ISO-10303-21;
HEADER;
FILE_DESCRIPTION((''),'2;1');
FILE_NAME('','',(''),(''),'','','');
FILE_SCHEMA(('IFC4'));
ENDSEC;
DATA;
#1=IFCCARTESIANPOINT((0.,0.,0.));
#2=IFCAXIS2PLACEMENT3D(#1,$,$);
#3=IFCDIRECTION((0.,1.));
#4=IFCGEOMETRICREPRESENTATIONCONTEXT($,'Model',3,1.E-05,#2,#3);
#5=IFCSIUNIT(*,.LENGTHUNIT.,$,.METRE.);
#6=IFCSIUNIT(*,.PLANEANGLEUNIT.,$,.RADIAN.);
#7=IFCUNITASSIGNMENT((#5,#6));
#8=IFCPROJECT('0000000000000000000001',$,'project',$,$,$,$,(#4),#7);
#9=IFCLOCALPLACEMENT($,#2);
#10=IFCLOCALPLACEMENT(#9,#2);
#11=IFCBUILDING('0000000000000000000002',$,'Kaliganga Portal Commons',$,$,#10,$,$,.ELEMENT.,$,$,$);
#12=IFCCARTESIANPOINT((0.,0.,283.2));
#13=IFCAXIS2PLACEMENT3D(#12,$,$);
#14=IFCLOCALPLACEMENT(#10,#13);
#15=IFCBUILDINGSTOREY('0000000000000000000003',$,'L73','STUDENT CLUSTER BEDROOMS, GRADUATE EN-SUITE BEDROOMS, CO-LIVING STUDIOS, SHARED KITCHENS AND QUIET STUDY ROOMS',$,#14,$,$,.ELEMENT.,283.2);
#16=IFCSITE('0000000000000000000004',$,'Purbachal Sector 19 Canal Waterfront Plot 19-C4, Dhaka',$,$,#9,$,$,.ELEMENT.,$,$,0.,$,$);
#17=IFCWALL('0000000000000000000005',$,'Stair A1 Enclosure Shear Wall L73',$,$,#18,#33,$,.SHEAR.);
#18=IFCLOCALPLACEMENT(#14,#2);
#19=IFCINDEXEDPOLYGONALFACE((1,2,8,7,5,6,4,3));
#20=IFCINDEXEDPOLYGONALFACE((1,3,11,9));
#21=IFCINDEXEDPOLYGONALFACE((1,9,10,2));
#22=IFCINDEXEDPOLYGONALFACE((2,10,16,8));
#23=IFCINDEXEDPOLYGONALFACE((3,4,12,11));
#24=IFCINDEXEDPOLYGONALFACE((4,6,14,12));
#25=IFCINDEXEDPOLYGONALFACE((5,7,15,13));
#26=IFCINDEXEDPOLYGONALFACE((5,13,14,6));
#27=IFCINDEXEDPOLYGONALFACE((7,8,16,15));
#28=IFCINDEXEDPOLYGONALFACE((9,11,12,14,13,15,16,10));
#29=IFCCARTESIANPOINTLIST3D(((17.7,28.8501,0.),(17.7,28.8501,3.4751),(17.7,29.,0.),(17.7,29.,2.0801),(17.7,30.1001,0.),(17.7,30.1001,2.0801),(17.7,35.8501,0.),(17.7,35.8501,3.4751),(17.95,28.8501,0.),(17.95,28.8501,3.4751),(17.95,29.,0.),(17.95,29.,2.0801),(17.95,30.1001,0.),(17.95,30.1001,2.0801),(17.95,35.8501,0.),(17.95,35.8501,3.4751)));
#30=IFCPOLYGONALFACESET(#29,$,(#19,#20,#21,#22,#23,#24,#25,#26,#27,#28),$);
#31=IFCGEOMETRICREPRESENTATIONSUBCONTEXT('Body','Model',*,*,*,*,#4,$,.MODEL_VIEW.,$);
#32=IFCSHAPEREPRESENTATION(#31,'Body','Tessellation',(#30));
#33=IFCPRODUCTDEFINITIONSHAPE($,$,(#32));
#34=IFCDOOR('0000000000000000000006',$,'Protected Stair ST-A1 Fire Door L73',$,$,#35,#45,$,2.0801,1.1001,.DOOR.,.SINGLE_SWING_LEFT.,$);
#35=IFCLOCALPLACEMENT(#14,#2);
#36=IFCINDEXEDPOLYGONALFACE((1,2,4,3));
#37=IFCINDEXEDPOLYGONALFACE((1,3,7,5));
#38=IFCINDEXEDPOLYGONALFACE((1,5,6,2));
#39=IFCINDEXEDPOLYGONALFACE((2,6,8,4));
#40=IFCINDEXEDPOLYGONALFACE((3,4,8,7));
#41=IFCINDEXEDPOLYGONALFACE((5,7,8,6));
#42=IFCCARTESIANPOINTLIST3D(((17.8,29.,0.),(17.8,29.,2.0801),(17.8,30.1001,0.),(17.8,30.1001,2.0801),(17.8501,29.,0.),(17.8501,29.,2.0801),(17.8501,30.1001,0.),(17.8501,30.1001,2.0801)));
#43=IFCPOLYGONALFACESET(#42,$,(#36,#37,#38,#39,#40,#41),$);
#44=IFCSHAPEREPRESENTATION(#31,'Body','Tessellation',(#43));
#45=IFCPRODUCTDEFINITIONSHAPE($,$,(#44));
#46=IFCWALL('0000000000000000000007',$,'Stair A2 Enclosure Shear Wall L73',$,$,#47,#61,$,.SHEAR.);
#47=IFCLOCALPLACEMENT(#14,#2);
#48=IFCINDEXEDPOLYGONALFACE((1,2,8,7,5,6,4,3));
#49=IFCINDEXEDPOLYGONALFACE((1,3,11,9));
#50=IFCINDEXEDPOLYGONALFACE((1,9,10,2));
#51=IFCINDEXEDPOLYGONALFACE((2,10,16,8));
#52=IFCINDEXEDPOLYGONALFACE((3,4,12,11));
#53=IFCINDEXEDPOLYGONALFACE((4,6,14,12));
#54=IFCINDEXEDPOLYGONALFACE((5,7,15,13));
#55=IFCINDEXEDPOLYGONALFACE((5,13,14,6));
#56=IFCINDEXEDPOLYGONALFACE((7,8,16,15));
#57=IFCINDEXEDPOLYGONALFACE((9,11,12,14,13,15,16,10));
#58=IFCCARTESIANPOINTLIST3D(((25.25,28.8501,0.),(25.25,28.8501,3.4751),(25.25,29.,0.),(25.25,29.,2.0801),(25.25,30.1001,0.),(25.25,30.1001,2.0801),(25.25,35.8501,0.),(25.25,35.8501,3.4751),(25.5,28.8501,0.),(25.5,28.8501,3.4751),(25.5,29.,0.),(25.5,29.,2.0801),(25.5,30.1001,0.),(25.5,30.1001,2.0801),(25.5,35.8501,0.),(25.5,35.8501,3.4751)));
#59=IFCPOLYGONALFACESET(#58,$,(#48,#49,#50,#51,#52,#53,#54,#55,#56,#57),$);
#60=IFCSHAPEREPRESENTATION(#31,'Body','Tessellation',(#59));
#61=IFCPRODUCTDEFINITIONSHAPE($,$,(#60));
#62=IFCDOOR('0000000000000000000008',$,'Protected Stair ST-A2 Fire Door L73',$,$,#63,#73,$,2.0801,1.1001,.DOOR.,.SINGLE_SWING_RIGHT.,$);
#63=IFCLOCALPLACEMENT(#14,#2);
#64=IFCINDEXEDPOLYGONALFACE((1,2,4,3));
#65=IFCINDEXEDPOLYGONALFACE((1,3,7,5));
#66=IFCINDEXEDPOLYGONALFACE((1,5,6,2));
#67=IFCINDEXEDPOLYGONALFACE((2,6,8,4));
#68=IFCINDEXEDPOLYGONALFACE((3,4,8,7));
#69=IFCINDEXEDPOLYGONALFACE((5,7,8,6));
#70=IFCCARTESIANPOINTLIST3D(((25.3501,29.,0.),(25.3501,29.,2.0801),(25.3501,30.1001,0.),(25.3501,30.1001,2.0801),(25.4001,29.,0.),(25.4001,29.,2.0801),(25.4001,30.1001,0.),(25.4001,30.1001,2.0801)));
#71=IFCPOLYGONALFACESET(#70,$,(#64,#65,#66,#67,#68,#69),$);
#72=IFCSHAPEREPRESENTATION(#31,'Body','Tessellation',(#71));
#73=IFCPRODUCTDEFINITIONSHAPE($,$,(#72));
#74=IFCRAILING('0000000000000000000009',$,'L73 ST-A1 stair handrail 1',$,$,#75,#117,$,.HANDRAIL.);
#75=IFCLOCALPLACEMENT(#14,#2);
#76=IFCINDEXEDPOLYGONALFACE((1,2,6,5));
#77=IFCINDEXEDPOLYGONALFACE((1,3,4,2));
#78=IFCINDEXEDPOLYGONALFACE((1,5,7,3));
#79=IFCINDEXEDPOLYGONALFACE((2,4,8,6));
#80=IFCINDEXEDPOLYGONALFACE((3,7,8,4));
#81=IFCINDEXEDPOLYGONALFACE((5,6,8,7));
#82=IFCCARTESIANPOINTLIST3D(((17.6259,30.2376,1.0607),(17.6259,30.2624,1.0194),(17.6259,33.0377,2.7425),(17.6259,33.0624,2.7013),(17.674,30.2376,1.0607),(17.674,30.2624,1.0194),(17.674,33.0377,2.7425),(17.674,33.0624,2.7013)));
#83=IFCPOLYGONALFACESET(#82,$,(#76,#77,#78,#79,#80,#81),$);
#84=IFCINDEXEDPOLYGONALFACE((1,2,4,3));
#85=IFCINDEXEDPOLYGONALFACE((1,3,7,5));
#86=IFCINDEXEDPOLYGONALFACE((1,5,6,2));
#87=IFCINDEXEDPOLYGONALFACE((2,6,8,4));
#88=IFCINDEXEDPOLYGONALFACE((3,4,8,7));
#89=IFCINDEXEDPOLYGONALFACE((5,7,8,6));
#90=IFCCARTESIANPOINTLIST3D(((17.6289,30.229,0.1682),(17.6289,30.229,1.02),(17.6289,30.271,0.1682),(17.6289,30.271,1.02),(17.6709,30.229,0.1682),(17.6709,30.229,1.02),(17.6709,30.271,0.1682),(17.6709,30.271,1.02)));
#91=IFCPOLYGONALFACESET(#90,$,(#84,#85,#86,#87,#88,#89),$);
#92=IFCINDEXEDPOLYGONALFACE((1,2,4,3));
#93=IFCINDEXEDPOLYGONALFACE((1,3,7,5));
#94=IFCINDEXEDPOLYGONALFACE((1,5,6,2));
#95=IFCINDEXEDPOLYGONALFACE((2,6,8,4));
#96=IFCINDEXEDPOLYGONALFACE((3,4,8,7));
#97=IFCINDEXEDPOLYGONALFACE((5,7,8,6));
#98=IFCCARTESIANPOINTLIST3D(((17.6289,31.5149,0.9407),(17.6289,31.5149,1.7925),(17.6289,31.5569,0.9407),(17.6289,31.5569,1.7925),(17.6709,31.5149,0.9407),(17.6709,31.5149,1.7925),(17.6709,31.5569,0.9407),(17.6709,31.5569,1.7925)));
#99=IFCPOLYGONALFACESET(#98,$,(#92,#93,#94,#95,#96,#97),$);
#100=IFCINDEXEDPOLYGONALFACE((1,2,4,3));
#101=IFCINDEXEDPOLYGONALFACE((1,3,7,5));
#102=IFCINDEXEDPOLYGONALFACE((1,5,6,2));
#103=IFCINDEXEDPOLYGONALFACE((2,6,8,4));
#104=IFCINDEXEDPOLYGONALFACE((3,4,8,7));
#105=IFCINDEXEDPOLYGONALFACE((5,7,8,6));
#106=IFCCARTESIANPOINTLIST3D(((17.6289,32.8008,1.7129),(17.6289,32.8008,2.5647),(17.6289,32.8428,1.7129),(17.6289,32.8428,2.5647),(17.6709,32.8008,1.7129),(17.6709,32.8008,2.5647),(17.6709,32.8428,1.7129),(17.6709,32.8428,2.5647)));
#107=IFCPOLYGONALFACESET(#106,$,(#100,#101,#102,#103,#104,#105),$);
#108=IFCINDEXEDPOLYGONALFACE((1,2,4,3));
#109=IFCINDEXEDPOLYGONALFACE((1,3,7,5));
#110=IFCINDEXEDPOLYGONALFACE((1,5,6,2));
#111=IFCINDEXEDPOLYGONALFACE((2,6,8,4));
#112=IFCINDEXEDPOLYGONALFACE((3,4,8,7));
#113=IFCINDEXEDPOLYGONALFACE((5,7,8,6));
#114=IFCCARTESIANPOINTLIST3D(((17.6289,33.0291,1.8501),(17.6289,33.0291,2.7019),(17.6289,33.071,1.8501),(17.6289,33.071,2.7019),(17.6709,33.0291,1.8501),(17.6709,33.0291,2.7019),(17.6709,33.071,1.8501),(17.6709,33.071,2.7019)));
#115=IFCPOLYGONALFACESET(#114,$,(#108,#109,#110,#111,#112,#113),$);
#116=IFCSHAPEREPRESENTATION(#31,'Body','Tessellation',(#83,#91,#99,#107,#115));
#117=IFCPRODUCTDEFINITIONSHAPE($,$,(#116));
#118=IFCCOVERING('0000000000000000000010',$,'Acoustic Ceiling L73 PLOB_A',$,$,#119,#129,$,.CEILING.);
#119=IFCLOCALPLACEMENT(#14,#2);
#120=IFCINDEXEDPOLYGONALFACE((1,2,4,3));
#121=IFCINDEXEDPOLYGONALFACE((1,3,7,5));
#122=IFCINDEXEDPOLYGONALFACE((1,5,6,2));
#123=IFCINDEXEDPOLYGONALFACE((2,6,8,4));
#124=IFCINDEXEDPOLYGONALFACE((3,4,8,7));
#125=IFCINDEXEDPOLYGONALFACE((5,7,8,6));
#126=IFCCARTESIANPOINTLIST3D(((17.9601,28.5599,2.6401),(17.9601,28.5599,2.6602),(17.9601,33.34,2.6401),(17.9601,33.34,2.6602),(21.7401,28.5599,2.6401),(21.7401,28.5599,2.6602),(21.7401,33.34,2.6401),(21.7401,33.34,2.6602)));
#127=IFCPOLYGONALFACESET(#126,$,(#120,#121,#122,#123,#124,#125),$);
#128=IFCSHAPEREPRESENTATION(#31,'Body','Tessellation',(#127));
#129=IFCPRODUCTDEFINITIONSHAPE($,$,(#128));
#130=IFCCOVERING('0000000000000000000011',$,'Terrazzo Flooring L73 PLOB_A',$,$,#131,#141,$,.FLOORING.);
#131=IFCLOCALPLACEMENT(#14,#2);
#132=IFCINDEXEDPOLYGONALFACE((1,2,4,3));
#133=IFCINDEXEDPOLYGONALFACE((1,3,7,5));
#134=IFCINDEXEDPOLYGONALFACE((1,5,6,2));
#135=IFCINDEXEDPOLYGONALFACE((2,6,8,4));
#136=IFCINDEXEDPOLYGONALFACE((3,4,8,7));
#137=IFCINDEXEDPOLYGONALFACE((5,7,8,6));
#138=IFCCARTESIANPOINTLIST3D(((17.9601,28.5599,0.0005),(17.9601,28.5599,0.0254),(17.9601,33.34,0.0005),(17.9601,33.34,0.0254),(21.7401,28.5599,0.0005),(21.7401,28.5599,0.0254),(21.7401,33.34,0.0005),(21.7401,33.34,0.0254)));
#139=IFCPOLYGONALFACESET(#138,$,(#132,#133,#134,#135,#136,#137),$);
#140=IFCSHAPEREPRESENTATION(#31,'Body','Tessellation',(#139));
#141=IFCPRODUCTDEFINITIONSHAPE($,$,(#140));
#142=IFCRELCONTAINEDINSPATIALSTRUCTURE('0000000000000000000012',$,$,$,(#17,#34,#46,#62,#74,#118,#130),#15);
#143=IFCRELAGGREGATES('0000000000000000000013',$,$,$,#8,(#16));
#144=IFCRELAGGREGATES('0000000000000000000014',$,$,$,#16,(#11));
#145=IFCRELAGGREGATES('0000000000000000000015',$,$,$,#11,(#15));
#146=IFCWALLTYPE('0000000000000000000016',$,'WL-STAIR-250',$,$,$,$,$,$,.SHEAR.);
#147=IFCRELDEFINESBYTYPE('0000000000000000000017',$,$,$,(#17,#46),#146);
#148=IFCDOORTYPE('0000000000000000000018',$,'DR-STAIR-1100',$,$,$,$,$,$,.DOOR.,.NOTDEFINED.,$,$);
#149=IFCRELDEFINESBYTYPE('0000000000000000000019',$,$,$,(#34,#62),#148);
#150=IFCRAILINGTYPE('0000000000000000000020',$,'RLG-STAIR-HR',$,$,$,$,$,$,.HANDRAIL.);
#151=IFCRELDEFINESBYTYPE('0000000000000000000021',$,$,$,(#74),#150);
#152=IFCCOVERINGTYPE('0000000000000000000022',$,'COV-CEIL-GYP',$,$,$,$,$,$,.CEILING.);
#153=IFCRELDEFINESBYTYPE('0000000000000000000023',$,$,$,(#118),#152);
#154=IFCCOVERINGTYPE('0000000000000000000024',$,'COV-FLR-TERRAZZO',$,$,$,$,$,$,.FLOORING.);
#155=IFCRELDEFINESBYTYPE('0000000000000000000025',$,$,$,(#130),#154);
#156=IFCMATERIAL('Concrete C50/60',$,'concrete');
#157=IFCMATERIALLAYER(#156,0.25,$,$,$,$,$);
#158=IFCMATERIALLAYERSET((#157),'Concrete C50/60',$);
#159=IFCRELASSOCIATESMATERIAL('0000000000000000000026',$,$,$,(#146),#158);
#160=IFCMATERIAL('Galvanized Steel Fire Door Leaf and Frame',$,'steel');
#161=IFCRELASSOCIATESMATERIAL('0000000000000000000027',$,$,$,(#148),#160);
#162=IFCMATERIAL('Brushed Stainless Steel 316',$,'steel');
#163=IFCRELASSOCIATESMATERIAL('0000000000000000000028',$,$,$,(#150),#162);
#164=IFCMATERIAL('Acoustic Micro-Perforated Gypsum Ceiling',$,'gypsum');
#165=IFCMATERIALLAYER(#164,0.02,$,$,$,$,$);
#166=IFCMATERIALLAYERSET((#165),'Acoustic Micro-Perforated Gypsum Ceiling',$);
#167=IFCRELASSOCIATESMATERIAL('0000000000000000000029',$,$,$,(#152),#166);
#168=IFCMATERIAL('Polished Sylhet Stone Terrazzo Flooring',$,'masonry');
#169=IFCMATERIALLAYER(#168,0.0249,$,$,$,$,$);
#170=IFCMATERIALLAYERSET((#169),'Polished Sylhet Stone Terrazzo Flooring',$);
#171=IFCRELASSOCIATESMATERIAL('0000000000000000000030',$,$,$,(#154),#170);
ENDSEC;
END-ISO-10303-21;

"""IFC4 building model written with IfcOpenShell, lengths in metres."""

from ifc_helpers import new_model, si_unit, direction, frame, frame_2d, origin, origin_2d, place, context, subcontext, project, spatial, rectangle, extrude, source, transform, mapped, material, layer, layer_set, type_object, element, fill, save


model = new_model("IFC4")

# Units and contexts
model_context = context("Model", 3, precision=1e-05, world=origin(), true_north=direction((0.0, 1.0)))
body_context = subcontext(model_context, "Body", "Model", "MODEL_VIEW")
ifc_project = project(units=[si_unit("LENGTHUNIT", "METRE"), si_unit("PLANEANGLEUNIT", "RADIAN")], contexts=[model_context])

# Site, building, storey
site_placement = place(None, origin())
site = spatial("IfcSite", under=ifc_project, at=site_placement, Name="Purbachal Sector 19 Canal Waterfront Plot 19-C4, Dhaka", CompositionType="ELEMENT", RefElevation=0.0)
building_placement = place(site_placement, origin())
building = spatial("IfcBuilding", under=site, at=building_placement, Name="Kaliganga Portal Commons", CompositionType="ELEMENT")
storey_placement = place(building_placement, frame((0.0, 0.0, 283.2)))
storey = spatial("IfcBuildingStorey", under=building, at=storey_placement, Name="L73", Description="STUDENT CLUSTER BEDROOMS, GRADUATE EN-SUITE BEDROOMS, CO-LIVING STUDIOS, SHARED KITCHENS AND QUIET STUDY ROOMS", CompositionType="ELEMENT", Elevation=283.2)

# Shared definitions
ifc_material_1 = material(Name="Concrete C50/60", Category="concrete")

# Walls, openings, doors
ifc_layer_1 = layer(ifc_material_1, 0.25)
ifc_layer_set_1 = layer_set([ifc_layer_1], Name="Concrete C50/60")
wall_type_1 = type_object("IfcWallType", Name="WL-STAIR-250", PredefinedType="SHEAR", material=ifc_layer_set_1)
wall_1_placement = place(storey_placement, frame((17.825, 28.8501, 0.0), z_axis=(0.0, 0.0, 1.0), x_axis=(0.0, 1.0, 0.0)))
wall_1 = element("IfcWall", 1, at=wall_1_placement, inside=storey, type_object=wall_type_1, Name="Stair A1 Enclosure Shear Wall L73", PredefinedType="SHEAR", context=body_context, shape_type="SweptSolid", body=[
    extrude(rectangle(XDim=7.0, YDim=0.25, at=frame_2d((3.5, 0.0))), origin(), (0.0, 0.0, 1.0), 3.4751),
])
opening_1_placement = place(wall_1_placement, frame((0.1499, 0.0, 0.0)))
opening_1 = element("IfcOpeningElement", 2, at=opening_1_placement, cuts=wall_1, PredefinedType="OPENING", context=body_context, shape_type="SweptSolid", body=[
    extrude(rectangle(XDim=1.1001, YDim=2.0801, at=frame_2d((0.55, 1.04))), frame((0.0, 0.135, 0.0), z_axis=(0.0, -1.0, 0.0), x_axis=(1.0, 0.0, 0.0)), (0.0, 0.0, 1.0), 0.27),
])
ifc_material_2 = material(Name="Galvanized Steel Fire Door Leaf and Frame", Category="steel")
door_type_1 = type_object("IfcDoorType", Name="DR-STAIR-1100", OperationType="NOTDEFINED", PredefinedType="DOOR", material=ifc_material_2)
door_1_placement = place(opening_1_placement, origin())
door_1 = element("IfcDoor", 3, at=door_1_placement, inside=storey, type_object=door_type_1, Name="Protected Stair ST-A1 Fire Door L73", OperationType="SINGLE_SWING_LEFT", OverallHeight=2.0801, OverallWidth=1.1001, PredefinedType="DOOR", context=body_context, shape_type="SweptSolid", body=[
    extrude(rectangle(XDim=1.1001, YDim=2.0801, at=frame_2d((0.55, 1.04))), frame((0.0, 0.0249, 0.0), z_axis=(0.0, -1.0, 0.0), x_axis=(1.0, 0.0, 0.0)), (0.0, 0.0, 1.0), 0.05),
])
fill(opening_1, door_1)
wall_2_placement = place(storey_placement, frame((25.375, 28.8501, 0.0), z_axis=(0.0, 0.0, 1.0), x_axis=(0.0, 1.0, 0.0)))
wall_2 = element("IfcWall", 4, at=wall_2_placement, inside=storey, type_object=wall_type_1, Name="Stair A2 Enclosure Shear Wall L73", PredefinedType="SHEAR", context=body_context, shape_type="SweptSolid", body=[
    extrude(rectangle(XDim=7.0, YDim=0.25, at=frame_2d((3.5, 0.0))), origin(), (0.0, 0.0, 1.0), 3.4751),
])
opening_2_placement = place(wall_2_placement, frame((0.1499, 0.0, 0.0)))
opening_2 = element("IfcOpeningElement", 5, at=opening_2_placement, cuts=wall_2, PredefinedType="OPENING", context=body_context, shape_type="SweptSolid", body=[
    extrude(rectangle(XDim=1.1001, YDim=2.0801, at=frame_2d((0.55, 1.04))), frame((0.0, 0.135, 0.0), z_axis=(0.0, -1.0, 0.0), x_axis=(1.0, 0.0, 0.0)), (0.0, 0.0, 1.0), 0.27),
])
door_2_placement = place(opening_2_placement, origin())
door_2 = element("IfcDoor", 6, at=door_2_placement, inside=storey, type_object=door_type_1, Name="Protected Stair ST-A2 Fire Door L73", OperationType="SINGLE_SWING_RIGHT", OverallHeight=2.0801, OverallWidth=1.1001, PredefinedType="DOOR", context=body_context, shape_type="SweptSolid", body=[
    extrude(rectangle(XDim=1.1001, YDim=2.0801, at=frame_2d((0.55, 1.04))), frame((0.0, 0.0249, 0.0), z_axis=(0.0, -1.0, 0.0), x_axis=(1.0, 0.0, 0.0)), (0.0, 0.0, 1.0), 0.05),
])
fill(opening_2, door_2)

# Railing
ifc_material_3 = material(Name="Brushed Stainless Steel 316", Category="steel")
railing_type = type_object("IfcRailingType", Name="RLG-STAIR-HR", PredefinedType="HANDRAIL", material=ifc_material_3)
railing_placement = place(storey_placement, frame((17.6499, 30.25, 0.1682)))
element("IfcRailing", 7, at=railing_placement, inside=storey, type_object=railing_type, Name="L73 ST-A1 stair handrail 1", PredefinedType="HANDRAIL", context=body_context, shape_type="SweptSolid", body=[
    extrude(rectangle(XDim=0.0481, YDim=0.0481, at=origin_2d()), frame((0.0, 0.0, 0.8718), z_axis=(0.0, 0.857242, 0.514913), x_axis=(-1.0, 0.0, 0.0)), (0.0, 0.0, 1.0), 3.2664),
    extrude(rectangle(XDim=0.042, YDim=0.042, at=origin_2d()), origin(), (0.0, 0.0, 1.0), 0.8518),
    extrude(rectangle(XDim=0.042, YDim=0.042, at=origin_2d()), frame((0.0, 1.2859, 0.7725)), (0.0, 0.0, 1.0), 0.8518),
    extrude(rectangle(XDim=0.042, YDim=0.042, at=origin_2d()), frame((0.0, 2.5718, 1.5447)), (0.0, 0.0, 1.0), 0.8518),
    extrude(rectangle(XDim=0.042, YDim=0.042, at=origin_2d()), frame((0.0, 2.8, 1.6819)), (0.0, 0.0, 1.0), 0.8518),
])

# Coverings
ifc_material_4 = material(Name="Acoustic Micro-Perforated Gypsum Ceiling", Category="gypsum")
ifc_layer_2 = layer(ifc_material_4, 0.02)
ifc_layer_set_2 = layer_set([ifc_layer_2], Name="Acoustic Micro-Perforated Gypsum Ceiling")
covering_type_1 = type_object("IfcCoveringType", Name="COV-CEIL-GYP", PredefinedType="CEILING", material=ifc_layer_set_2)
shared_shape_1 = source(origin(), body_context, "Body", "SweptSolid", [
    extrude(rectangle(XDim=3.78, YDim=4.78, at=origin_2d()), origin(), (0.0, 0.0, 1.0), 0.02),
])
covering_1_placement = place(storey_placement, frame((19.8501, 30.95, 2.6401), z_axis=(0.0, 0.0, 1.0), x_axis=(1.0, 0.0, 0.0)))
element("IfcCovering", 8, at=covering_1_placement, inside=storey, type_object=covering_type_1, Name="Acoustic Ceiling L73 PLOB_A", PredefinedType="CEILING", context=body_context, shape_type="MappedRepresentation", body=[
    mapped(shared_shape_1, transform((0.0, 0.0, 0.0), x_axis=(1.0, 0.0, 0.0), y_axis=(0.0, 1.0, 0.0), z_axis=(0.0, 0.0, 1.0), scale=1.0)),
])
ifc_material_5 = material(Name="Polished Sylhet Stone Terrazzo Flooring", Category="masonry")
ifc_layer_3 = layer(ifc_material_5, 0.0249)
ifc_layer_set_3 = layer_set([ifc_layer_3], Name="Polished Sylhet Stone Terrazzo Flooring")
covering_type_2 = type_object("IfcCoveringType", Name="COV-FLR-TERRAZZO", PredefinedType="FLOORING", material=ifc_layer_set_3)
shared_shape_2 = source(origin(), body_context, "Body", "SweptSolid", [
    extrude(rectangle(XDim=3.78, YDim=4.78, at=origin_2d()), origin(), (0.0, 0.0, 1.0), 0.0249),
])
covering_2_placement = place(storey_placement, frame((19.8501, 30.95, 0.0005), z_axis=(0.0, 0.0, 1.0), x_axis=(1.0, 0.0, 0.0)))
element("IfcCovering", 9, at=covering_2_placement, inside=storey, type_object=covering_type_2, Name="Terrazzo Flooring L73 PLOB_A", PredefinedType="FLOORING", context=body_context, shape_type="MappedRepresentation", body=[
    mapped(shared_shape_2, transform((0.0, 0.0, 0.0), x_axis=(1.0, 0.0, 0.0), y_axis=(0.0, 1.0, 0.0), z_axis=(0.0, 0.0, 1.0), scale=1.0)),
])

save(model, "model.ifc")
